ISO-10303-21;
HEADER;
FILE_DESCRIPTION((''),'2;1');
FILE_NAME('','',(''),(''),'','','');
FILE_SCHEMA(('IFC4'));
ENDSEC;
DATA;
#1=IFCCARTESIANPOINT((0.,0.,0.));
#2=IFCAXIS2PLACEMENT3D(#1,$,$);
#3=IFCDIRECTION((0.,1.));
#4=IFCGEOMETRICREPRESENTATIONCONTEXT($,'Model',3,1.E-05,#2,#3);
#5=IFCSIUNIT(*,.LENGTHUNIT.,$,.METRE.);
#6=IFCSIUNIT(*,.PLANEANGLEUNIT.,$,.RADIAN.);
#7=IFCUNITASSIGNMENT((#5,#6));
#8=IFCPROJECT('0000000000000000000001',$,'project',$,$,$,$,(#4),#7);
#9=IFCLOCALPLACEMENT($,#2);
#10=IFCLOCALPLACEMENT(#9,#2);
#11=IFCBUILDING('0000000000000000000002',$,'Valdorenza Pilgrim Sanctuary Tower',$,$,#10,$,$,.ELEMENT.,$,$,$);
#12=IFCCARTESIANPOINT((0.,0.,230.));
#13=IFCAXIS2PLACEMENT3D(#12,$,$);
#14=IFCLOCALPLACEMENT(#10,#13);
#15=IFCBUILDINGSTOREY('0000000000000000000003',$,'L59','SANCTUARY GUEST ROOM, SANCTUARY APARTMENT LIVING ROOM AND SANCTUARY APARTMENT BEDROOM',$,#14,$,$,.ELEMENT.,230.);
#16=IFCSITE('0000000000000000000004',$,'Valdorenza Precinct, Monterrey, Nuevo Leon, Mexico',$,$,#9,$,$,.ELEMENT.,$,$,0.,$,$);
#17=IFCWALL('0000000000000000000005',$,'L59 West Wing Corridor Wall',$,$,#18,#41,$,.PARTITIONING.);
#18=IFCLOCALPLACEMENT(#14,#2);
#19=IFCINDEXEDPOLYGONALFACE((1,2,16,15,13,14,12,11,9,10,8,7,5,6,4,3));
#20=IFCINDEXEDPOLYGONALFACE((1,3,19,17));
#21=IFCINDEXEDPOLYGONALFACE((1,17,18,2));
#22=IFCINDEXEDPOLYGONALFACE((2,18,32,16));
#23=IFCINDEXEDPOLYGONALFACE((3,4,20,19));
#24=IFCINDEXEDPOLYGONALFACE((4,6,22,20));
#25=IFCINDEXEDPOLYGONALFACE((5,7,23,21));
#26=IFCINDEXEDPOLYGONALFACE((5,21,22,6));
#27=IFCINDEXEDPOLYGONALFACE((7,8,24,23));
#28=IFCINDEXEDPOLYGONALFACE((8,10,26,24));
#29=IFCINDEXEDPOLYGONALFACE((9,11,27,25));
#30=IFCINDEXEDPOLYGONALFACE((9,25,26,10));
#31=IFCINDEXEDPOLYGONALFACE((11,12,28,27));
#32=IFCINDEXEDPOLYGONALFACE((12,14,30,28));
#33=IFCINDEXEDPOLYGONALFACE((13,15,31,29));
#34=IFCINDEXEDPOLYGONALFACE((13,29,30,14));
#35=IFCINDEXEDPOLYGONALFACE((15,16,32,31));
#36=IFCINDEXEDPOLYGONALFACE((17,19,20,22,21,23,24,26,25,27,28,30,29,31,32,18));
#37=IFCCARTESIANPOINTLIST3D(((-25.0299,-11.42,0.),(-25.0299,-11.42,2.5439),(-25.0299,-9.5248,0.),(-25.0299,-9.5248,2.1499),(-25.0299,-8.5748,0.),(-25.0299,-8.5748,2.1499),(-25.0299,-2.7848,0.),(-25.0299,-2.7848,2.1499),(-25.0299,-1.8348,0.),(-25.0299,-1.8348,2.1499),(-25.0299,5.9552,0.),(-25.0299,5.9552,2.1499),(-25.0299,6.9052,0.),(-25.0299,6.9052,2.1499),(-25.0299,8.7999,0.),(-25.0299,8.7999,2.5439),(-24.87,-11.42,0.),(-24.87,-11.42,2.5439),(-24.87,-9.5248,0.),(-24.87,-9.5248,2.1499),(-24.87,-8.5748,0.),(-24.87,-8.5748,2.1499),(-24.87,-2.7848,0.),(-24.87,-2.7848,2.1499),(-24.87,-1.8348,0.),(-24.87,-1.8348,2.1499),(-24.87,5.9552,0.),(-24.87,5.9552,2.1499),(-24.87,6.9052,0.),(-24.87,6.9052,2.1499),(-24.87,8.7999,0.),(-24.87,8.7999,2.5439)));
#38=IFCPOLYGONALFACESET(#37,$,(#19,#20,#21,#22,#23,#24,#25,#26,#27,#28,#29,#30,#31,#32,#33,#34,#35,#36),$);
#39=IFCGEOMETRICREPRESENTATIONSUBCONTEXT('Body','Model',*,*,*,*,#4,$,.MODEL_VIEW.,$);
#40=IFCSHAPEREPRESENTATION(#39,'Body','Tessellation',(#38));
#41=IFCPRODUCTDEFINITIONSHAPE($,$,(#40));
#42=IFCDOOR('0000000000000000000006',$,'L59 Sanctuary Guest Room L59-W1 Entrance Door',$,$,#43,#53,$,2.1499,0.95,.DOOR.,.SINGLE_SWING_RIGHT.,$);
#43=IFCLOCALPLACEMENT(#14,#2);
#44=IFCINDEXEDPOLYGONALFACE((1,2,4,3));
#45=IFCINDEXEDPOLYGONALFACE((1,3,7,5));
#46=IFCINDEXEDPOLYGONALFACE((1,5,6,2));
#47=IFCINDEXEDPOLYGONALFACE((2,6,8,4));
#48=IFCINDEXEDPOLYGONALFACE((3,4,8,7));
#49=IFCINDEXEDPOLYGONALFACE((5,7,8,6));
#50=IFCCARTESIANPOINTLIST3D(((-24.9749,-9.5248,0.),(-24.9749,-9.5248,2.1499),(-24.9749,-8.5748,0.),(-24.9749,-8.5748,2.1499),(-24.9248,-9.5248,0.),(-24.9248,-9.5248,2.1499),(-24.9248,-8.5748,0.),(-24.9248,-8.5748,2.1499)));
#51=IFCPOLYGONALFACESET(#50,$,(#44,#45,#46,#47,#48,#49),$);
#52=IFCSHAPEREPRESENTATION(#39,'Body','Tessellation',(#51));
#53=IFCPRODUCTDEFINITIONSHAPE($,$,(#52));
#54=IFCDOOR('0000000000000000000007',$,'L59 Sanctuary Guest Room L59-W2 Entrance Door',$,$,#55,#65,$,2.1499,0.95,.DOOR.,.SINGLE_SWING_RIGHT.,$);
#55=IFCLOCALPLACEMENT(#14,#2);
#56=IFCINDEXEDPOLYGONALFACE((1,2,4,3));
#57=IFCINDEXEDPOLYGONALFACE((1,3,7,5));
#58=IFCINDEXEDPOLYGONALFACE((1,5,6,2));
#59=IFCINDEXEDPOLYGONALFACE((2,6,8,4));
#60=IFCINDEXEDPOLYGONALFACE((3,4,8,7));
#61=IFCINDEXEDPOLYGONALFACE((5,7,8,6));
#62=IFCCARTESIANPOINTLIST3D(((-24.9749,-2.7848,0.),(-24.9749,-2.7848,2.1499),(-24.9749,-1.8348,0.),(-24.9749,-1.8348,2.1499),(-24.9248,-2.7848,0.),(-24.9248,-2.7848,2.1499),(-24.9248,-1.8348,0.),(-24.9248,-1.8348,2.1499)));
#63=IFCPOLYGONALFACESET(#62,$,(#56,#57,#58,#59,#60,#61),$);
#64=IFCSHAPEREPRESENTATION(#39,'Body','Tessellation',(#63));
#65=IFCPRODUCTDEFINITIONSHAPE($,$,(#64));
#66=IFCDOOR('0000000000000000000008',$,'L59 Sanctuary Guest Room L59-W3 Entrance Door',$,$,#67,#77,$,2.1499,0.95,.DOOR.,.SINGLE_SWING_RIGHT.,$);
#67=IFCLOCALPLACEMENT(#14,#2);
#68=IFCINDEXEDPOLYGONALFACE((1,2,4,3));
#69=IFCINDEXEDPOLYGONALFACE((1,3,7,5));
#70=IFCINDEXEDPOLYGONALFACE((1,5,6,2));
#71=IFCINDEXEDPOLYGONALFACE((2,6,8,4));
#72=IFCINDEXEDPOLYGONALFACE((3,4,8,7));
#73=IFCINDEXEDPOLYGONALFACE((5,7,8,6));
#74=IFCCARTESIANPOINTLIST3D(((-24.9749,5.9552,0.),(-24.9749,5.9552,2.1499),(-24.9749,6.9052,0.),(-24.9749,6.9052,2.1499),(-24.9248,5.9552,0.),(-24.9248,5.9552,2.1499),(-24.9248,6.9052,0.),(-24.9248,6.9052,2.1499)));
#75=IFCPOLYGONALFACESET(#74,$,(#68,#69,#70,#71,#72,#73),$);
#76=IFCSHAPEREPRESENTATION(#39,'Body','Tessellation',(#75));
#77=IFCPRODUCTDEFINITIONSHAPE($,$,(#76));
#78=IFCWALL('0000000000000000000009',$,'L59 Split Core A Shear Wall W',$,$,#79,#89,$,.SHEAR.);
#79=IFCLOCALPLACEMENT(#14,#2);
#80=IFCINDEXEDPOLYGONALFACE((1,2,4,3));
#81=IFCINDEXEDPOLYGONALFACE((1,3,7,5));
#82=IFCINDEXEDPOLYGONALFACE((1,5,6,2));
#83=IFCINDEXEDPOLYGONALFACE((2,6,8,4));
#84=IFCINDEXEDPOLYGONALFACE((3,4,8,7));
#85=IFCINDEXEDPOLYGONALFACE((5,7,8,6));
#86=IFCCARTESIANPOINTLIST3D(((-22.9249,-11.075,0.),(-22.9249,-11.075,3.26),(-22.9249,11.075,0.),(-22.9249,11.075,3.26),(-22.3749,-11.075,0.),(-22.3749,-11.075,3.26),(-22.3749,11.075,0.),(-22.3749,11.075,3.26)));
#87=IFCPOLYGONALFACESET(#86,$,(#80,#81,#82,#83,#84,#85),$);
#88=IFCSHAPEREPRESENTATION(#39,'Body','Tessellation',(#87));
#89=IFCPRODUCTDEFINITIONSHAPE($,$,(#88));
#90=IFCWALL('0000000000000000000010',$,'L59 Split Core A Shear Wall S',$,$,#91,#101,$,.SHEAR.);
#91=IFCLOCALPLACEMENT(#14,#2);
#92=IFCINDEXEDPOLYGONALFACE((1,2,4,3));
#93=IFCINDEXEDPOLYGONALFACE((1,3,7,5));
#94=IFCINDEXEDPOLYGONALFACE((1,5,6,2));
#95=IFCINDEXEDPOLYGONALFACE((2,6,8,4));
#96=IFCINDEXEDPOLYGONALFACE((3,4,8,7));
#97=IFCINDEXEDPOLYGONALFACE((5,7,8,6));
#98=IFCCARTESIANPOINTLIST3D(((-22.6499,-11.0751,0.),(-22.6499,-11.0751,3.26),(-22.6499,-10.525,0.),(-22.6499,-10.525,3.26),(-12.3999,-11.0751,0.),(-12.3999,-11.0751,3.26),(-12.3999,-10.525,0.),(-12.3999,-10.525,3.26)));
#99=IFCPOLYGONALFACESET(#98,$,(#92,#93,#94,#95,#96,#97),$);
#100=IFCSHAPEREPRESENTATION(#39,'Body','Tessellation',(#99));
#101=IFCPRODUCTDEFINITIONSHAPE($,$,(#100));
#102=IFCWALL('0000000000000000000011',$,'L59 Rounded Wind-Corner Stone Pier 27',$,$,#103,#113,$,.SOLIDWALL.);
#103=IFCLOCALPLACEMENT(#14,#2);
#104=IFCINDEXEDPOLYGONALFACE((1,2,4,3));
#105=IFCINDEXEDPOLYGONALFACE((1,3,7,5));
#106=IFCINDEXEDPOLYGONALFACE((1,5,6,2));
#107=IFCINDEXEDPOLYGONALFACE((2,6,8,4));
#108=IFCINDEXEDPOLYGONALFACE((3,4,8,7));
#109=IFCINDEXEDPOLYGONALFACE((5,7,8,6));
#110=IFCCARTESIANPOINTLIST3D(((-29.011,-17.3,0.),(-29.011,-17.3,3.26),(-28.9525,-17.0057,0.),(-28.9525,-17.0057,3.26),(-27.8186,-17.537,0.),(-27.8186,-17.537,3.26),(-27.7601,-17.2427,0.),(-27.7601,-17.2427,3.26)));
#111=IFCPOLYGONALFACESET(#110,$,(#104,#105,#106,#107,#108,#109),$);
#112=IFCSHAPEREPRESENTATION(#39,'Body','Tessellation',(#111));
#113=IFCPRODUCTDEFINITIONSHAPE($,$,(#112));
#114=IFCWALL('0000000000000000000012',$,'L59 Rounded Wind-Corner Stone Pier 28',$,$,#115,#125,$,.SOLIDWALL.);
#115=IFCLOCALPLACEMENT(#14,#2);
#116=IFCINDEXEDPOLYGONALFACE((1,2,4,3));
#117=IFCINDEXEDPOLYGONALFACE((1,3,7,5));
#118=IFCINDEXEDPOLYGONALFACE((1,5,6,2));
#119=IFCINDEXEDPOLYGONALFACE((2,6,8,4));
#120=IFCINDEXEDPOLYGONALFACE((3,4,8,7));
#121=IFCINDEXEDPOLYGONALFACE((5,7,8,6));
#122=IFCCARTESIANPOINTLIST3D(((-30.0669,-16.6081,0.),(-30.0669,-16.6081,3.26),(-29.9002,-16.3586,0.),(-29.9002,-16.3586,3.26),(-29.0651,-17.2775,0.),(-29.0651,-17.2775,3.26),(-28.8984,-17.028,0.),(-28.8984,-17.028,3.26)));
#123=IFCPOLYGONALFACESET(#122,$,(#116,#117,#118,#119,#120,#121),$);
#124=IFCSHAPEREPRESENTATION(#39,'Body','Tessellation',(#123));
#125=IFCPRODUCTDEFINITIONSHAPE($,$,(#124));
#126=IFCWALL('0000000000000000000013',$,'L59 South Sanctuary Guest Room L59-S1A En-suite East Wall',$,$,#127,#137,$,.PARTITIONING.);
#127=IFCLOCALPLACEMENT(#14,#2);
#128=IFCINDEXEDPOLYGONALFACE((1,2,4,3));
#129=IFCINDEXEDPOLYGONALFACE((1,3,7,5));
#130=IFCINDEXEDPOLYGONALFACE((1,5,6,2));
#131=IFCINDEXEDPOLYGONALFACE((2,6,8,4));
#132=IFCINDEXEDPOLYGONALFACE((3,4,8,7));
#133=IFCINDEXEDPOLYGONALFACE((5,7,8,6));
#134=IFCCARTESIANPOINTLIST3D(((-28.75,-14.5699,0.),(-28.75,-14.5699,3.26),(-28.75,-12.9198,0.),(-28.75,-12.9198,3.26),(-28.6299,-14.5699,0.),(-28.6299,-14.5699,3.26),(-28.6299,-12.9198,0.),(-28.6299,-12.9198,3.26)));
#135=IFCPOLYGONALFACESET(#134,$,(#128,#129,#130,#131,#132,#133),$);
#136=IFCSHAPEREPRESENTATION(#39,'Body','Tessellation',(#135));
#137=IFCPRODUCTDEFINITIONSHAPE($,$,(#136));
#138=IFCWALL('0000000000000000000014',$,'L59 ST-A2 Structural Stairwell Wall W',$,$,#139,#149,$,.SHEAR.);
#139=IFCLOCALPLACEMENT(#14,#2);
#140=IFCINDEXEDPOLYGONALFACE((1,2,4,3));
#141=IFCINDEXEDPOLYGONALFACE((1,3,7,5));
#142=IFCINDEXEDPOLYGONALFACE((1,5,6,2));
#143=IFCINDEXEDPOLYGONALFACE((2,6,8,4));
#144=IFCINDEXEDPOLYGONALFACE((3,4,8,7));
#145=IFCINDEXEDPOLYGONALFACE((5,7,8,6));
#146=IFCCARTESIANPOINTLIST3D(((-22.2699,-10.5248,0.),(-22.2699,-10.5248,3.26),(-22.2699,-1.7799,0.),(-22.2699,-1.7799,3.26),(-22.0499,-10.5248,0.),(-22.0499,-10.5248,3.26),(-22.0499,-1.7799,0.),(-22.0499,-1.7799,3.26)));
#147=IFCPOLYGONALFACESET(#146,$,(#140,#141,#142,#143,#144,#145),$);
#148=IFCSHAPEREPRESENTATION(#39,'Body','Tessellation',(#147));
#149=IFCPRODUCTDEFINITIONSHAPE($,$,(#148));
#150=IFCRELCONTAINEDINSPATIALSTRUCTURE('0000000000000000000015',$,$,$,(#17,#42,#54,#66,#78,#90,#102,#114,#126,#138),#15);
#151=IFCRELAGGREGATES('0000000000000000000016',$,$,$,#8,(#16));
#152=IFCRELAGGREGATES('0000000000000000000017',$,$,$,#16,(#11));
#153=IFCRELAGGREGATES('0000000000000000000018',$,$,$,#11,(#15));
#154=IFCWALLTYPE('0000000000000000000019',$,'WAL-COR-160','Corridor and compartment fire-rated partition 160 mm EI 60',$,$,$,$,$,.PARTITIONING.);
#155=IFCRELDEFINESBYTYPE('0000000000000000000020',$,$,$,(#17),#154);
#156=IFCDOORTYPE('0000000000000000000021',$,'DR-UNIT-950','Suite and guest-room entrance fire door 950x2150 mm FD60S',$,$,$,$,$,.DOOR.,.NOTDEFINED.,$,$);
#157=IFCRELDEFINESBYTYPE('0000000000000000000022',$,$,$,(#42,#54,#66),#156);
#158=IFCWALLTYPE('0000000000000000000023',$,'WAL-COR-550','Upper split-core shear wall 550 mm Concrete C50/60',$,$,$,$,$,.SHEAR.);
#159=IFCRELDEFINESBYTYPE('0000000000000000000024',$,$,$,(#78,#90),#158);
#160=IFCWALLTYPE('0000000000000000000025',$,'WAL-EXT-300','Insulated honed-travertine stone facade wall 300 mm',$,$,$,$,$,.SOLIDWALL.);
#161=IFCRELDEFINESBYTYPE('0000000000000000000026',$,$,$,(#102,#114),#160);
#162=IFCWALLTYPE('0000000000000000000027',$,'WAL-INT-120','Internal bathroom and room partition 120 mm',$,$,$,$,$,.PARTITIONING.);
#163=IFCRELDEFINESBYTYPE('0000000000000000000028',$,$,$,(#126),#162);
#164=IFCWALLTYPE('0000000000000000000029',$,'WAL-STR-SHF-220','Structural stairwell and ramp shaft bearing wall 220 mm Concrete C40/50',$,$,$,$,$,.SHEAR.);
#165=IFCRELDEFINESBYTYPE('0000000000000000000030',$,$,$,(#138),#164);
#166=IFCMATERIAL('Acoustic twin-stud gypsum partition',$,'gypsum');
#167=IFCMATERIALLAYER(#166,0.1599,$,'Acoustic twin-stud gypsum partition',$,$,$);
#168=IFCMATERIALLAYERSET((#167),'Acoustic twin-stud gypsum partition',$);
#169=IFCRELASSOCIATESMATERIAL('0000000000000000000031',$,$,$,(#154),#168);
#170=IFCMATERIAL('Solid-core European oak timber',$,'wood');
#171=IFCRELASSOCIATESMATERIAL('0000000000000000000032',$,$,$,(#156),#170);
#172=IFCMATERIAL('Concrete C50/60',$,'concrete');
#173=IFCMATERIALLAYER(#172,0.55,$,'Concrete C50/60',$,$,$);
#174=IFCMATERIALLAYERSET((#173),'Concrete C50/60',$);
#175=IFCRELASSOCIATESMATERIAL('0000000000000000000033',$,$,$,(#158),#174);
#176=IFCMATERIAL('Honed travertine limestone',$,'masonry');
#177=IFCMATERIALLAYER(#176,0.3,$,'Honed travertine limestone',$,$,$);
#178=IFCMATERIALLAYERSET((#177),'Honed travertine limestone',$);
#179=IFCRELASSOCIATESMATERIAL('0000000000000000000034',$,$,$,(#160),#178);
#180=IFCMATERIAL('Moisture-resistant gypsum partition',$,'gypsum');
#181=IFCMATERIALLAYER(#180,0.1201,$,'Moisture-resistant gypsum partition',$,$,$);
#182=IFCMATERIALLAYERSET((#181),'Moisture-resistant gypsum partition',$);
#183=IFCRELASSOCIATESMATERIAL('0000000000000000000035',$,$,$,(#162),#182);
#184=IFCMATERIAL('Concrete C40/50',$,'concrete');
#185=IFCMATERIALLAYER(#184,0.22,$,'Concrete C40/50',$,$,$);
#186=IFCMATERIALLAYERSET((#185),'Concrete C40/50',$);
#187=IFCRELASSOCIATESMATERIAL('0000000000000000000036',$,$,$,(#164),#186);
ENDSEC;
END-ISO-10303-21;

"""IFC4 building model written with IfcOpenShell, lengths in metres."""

from ifc_helpers import new_model, si_unit, direction, frame, frame_2d, origin, place, context, subcontext, project, spatial, rectangle, extrude, material, layer, layer_set, type_object, element, fill, save


model = new_model("IFC4")

# Units and contexts
model_context = context("Model", 3, precision=1e-05, world=origin(), true_north=direction((0.0, 1.0)))
body_context = subcontext(model_context, "Body", "Model", "MODEL_VIEW")
ifc_project = project(units=[si_unit("LENGTHUNIT", "METRE"), si_unit("PLANEANGLEUNIT", "RADIAN")], contexts=[model_context])

# Site, building, storey
site_placement = place(None, origin())
site = spatial("IfcSite", under=ifc_project, at=site_placement, Name="Valdorenza Precinct, Monterrey, Nuevo Leon, Mexico", CompositionType="ELEMENT", RefElevation=0.0)
building_placement = place(site_placement, origin())
building = spatial("IfcBuilding", under=site, at=building_placement, Name="Valdorenza Pilgrim Sanctuary Tower", CompositionType="ELEMENT")
storey_placement = place(building_placement, frame((0.0, 0.0, 230.0)))
storey = spatial("IfcBuildingStorey", under=building, at=storey_placement, Name="L59", Description="SANCTUARY GUEST ROOM, SANCTUARY APARTMENT LIVING ROOM AND SANCTUARY APARTMENT BEDROOM", CompositionType="ELEMENT", Elevation=230.0)

# Shared definitions
ifc_material_1 = material(Name="Concrete C50/60", Category="concrete")

# Shared definitions
ifc_material_2 = material(Name="Honed travertine limestone", Category="masonry")

# Wall, openings, doors
ifc_material_3 = material(Name="Acoustic twin-stud gypsum partition", Category="gypsum")
ifc_layer_1 = layer(ifc_material_3, 0.1599, Name="Acoustic twin-stud gypsum partition")
ifc_layer_set_1 = layer_set([ifc_layer_1], Name="Acoustic twin-stud gypsum partition")
wall_type_1 = type_object("IfcWallType", Name="WAL-COR-160", Description="Corridor and compartment fire-rated partition 160 mm EI 60", PredefinedType="PARTITIONING", material=ifc_layer_set_1)
wall_1_placement = place(storey_placement, frame((-24.95, -11.4199, 0.0), z_axis=(0.0, 0.0, 1.0), x_axis=(0.0, 1.0, 0.0)))
wall_1 = element("IfcWall", 1, at=wall_1_placement, inside=storey, type_object=wall_type_1, Name="L59 West Wing Corridor Wall", PredefinedType="PARTITIONING", context=body_context, shape_type="SweptSolid", body=[
    extrude(rectangle(XDim=20.22, YDim=0.1599, at=frame_2d((10.1099, 0.0))), origin(), (0.0, 0.0, 1.0), 2.5439),
])
opening_1_placement = place(wall_1_placement, frame((1.895, 0.0, 0.0)))
opening_1 = element("IfcOpeningElement", 2, at=opening_1_placement, cuts=wall_1, PredefinedType="OPENING", context=body_context, shape_type="SweptSolid", body=[
    extrude(rectangle(XDim=0.95, YDim=2.1499, at=frame_2d((0.4751, 1.075))), frame((0.0, 0.0947, 0.0), z_axis=(0.0, -1.0, 0.0), x_axis=(1.0, 0.0, 0.0)), (0.0, 0.0, 1.0), 0.1897),
])
opening_2_placement = place(wall_1_placement, frame((8.635, 0.0, 0.0)))
opening_2 = element("IfcOpeningElement", 3, at=opening_2_placement, cuts=wall_1, PredefinedType="OPENING", context=body_context, shape_type="SweptSolid", body=[
    extrude(rectangle(XDim=0.95, YDim=2.1499, at=frame_2d((0.4751, 1.075))), frame((0.0, 0.0947, 0.0), z_axis=(0.0, -1.0, 0.0), x_axis=(1.0, 0.0, 0.0)), (0.0, 0.0, 1.0), 0.1897),
])
opening_3_placement = place(wall_1_placement, frame((17.375, 0.0, 0.0)))
opening_3 = element("IfcOpeningElement", 4, at=opening_3_placement, cuts=wall_1, PredefinedType="OPENING", context=body_context, shape_type="SweptSolid", body=[
    extrude(rectangle(XDim=0.95, YDim=2.1499, at=frame_2d((0.4751, 1.075))), frame((0.0, 0.0947, 0.0), z_axis=(0.0, -1.0, 0.0), x_axis=(1.0, 0.0, 0.0)), (0.0, 0.0, 1.0), 0.1897),
])
ifc_material_4 = material(Name="Solid-core European oak timber", Category="wood")
door_type = type_object("IfcDoorType", Name="DR-UNIT-950", Description="Suite and guest-room entrance fire door 950x2150 mm FD60S", OperationType="NOTDEFINED", PredefinedType="DOOR", material=ifc_material_4)
door_1_placement = place(opening_1_placement, origin())
door_1 = element("IfcDoor", 5, at=door_1_placement, inside=storey, type_object=door_type, Name="L59 Sanctuary Guest Room L59-W1 Entrance Door", OperationType="SINGLE_SWING_RIGHT", OverallHeight=2.1499, OverallWidth=0.95, PredefinedType="DOOR", context=body_context, shape_type="SweptSolid", body=[
    extrude(rectangle(XDim=0.95, YDim=2.1499, at=frame_2d((0.4751, 1.075))), frame((0.0, 0.0249, 0.0), z_axis=(0.0, -1.0, 0.0), x_axis=(1.0, 0.0, 0.0)), (0.0, 0.0, 1.0), 0.05),
])
fill(opening_1, door_1)
door_2_placement = place(opening_2_placement, origin())
door_2 = element("IfcDoor", 6, at=door_2_placement, inside=storey, type_object=door_type, Name="L59 Sanctuary Guest Room L59-W2 Entrance Door", OperationType="SINGLE_SWING_RIGHT", OverallHeight=2.1499, OverallWidth=0.95, PredefinedType="DOOR", context=body_context, shape_type="SweptSolid", body=[
    extrude(rectangle(XDim=0.95, YDim=2.1499, at=frame_2d((0.4751, 1.075))), frame((0.0, 0.0249, 0.0), z_axis=(0.0, -1.0, 0.0), x_axis=(1.0, 0.0, 0.0)), (0.0, 0.0, 1.0), 0.05),
])
fill(opening_2, door_2)
door_3_placement = place(opening_3_placement, origin())
door_3 = element("IfcDoor", 7, at=door_3_placement, inside=storey, type_object=door_type, Name="L59 Sanctuary Guest Room L59-W3 Entrance Door", OperationType="SINGLE_SWING_RIGHT", OverallHeight=2.1499, OverallWidth=0.95, PredefinedType="DOOR", context=body_context, shape_type="SweptSolid", body=[
    extrude(rectangle(XDim=0.95, YDim=2.1499, at=frame_2d((0.4751, 1.075))), frame((0.0, 0.0249, 0.0), z_axis=(0.0, -1.0, 0.0), x_axis=(1.0, 0.0, 0.0)), (0.0, 0.0, 1.0), 0.05),
])
fill(opening_3, door_3)

# Walls
ifc_layer_2 = layer(ifc_material_1, 0.55, Name="Concrete C50/60")
ifc_layer_set_2 = layer_set([ifc_layer_2], Name="Concrete C50/60")
wall_type_2 = type_object("IfcWallType", Name="WAL-COR-550", Description="Upper split-core shear wall 550 mm Concrete C50/60", PredefinedType="SHEAR", material=ifc_layer_set_2)
wall_2_placement = place(storey_placement, frame((-22.6499, -11.075, 0.0), z_axis=(0.0, 0.0, 1.0), x_axis=(0.0, 1.0, 0.0)))
element("IfcWall", 8, at=wall_2_placement, inside=storey, type_object=wall_type_2, Name="L59 Split Core A Shear Wall W", PredefinedType="SHEAR", context=body_context, shape_type="SweptSolid", body=[
    extrude(rectangle(XDim=22.1499, YDim=0.55, at=frame_2d((11.075, 0.0))), origin(), (0.0, 0.0, 1.0), 3.26),
])
wall_3_placement = place(storey_placement, frame((-22.6499, -10.8, 0.0), z_axis=(0.0, 0.0, 1.0), x_axis=(1.0, 0.0, 0.0)))
element("IfcWall", 9, at=wall_3_placement, inside=storey, type_object=wall_type_2, Name="L59 Split Core A Shear Wall S", PredefinedType="SHEAR", context=body_context, shape_type="SweptSolid", body=[
    extrude(rectangle(XDim=10.25, YDim=0.55, at=frame_2d((5.125, 0.0))), origin(), (0.0, 0.0, 1.0), 3.26),
])
ifc_layer_3 = layer(ifc_material_2, 0.3, Name="Honed travertine limestone")
ifc_layer_set_3 = layer_set([ifc_layer_3], Name="Honed travertine limestone")
wall_type_3 = type_object("IfcWallType", Name="WAL-EXT-300", Description="Insulated honed-travertine stone facade wall 300 mm", PredefinedType="SOLIDWALL", material=ifc_layer_set_3)
wall_4_placement = place(storey_placement, frame((-27.7893, -17.3899, 0.0), z_axis=(0.0, 0.0, 1.0), x_axis=(-0.980804, 0.194996, 0.0)))
element("IfcWall", 10, at=wall_4_placement, inside=storey, type_object=wall_type_3, Name="L59 Rounded Wind-Corner Stone Pier 27", PredefinedType="SOLIDWALL", context=body_context, shape_type="SweptSolid", body=[
    extrude(rectangle(XDim=1.2158, YDim=0.3, at=frame_2d((0.6079, 0.0))), origin(), (0.0, 0.0, 1.0), 3.26),
])
wall_5_placement = place(storey_placement, frame((-28.9817, -17.1528, 0.0), z_axis=(0.0, 0.0, 1.0), x_axis=(-0.831426, 0.555635, 0.0)))
element("IfcWall", 11, at=wall_5_placement, inside=storey, type_object=wall_type_3, Name="L59 Rounded Wind-Corner Stone Pier 28", PredefinedType="SOLIDWALL", context=body_context, shape_type="SweptSolid", body=[
    extrude(rectangle(XDim=1.2048, YDim=0.3, at=frame_2d((0.6025, 0.0))), origin(), (0.0, 0.0, 1.0), 3.26),
])
ifc_material_5 = material(Name="Moisture-resistant gypsum partition", Category="gypsum")
ifc_layer_4 = layer(ifc_material_5, 0.1201, Name="Moisture-resistant gypsum partition")
ifc_layer_set_4 = layer_set([ifc_layer_4], Name="Moisture-resistant gypsum partition")
wall_type_4 = type_object("IfcWallType", Name="WAL-INT-120", Description="Internal bathroom and room partition 120 mm", PredefinedType="PARTITIONING", material=ifc_layer_set_4)
wall_6_placement = place(storey_placement, frame((-28.6899, -14.5701, 0.0), z_axis=(0.0, 0.0, 1.0), x_axis=(0.0, 1.0, 0.0)))
element("IfcWall", 12, at=wall_6_placement, inside=storey, type_object=wall_type_4, Name="L59 South Sanctuary Guest Room L59-S1A En-suite East Wall", PredefinedType="PARTITIONING", context=body_context, shape_type="SweptSolid", body=[
    extrude(rectangle(XDim=1.6501, YDim=0.1201, at=frame_2d((0.8252, 0.0))), origin(), (0.0, 0.0, 1.0), 3.26),
])
ifc_material_6 = material(Name="Concrete C40/50", Category="concrete")
ifc_layer_5 = layer(ifc_material_6, 0.22, Name="Concrete C40/50")
ifc_layer_set_5 = layer_set([ifc_layer_5], Name="Concrete C40/50")
wall_type_5 = type_object("IfcWallType", Name="WAL-STR-SHF-220", Description="Structural stairwell and ramp shaft bearing wall 220 mm Concrete C40/50", PredefinedType="SHEAR", material=ifc_layer_set_5)
wall_7_placement = place(storey_placement, frame((-22.1599, -10.5249, 0.0), z_axis=(0.0, 0.0, 1.0), x_axis=(0.0, 1.0, 0.0)))
element("IfcWall", 13, at=wall_7_placement, inside=storey, type_object=wall_type_5, Name="L59 ST-A2 Structural Stairwell Wall W", PredefinedType="SHEAR", context=body_context, shape_type="SweptSolid", body=[
    extrude(rectangle(XDim=8.7449, YDim=0.22, at=frame_2d((4.3726, 0.0))), origin(), (0.0, 0.0, 1.0), 3.26),
])

save(model, "model.ifc")
